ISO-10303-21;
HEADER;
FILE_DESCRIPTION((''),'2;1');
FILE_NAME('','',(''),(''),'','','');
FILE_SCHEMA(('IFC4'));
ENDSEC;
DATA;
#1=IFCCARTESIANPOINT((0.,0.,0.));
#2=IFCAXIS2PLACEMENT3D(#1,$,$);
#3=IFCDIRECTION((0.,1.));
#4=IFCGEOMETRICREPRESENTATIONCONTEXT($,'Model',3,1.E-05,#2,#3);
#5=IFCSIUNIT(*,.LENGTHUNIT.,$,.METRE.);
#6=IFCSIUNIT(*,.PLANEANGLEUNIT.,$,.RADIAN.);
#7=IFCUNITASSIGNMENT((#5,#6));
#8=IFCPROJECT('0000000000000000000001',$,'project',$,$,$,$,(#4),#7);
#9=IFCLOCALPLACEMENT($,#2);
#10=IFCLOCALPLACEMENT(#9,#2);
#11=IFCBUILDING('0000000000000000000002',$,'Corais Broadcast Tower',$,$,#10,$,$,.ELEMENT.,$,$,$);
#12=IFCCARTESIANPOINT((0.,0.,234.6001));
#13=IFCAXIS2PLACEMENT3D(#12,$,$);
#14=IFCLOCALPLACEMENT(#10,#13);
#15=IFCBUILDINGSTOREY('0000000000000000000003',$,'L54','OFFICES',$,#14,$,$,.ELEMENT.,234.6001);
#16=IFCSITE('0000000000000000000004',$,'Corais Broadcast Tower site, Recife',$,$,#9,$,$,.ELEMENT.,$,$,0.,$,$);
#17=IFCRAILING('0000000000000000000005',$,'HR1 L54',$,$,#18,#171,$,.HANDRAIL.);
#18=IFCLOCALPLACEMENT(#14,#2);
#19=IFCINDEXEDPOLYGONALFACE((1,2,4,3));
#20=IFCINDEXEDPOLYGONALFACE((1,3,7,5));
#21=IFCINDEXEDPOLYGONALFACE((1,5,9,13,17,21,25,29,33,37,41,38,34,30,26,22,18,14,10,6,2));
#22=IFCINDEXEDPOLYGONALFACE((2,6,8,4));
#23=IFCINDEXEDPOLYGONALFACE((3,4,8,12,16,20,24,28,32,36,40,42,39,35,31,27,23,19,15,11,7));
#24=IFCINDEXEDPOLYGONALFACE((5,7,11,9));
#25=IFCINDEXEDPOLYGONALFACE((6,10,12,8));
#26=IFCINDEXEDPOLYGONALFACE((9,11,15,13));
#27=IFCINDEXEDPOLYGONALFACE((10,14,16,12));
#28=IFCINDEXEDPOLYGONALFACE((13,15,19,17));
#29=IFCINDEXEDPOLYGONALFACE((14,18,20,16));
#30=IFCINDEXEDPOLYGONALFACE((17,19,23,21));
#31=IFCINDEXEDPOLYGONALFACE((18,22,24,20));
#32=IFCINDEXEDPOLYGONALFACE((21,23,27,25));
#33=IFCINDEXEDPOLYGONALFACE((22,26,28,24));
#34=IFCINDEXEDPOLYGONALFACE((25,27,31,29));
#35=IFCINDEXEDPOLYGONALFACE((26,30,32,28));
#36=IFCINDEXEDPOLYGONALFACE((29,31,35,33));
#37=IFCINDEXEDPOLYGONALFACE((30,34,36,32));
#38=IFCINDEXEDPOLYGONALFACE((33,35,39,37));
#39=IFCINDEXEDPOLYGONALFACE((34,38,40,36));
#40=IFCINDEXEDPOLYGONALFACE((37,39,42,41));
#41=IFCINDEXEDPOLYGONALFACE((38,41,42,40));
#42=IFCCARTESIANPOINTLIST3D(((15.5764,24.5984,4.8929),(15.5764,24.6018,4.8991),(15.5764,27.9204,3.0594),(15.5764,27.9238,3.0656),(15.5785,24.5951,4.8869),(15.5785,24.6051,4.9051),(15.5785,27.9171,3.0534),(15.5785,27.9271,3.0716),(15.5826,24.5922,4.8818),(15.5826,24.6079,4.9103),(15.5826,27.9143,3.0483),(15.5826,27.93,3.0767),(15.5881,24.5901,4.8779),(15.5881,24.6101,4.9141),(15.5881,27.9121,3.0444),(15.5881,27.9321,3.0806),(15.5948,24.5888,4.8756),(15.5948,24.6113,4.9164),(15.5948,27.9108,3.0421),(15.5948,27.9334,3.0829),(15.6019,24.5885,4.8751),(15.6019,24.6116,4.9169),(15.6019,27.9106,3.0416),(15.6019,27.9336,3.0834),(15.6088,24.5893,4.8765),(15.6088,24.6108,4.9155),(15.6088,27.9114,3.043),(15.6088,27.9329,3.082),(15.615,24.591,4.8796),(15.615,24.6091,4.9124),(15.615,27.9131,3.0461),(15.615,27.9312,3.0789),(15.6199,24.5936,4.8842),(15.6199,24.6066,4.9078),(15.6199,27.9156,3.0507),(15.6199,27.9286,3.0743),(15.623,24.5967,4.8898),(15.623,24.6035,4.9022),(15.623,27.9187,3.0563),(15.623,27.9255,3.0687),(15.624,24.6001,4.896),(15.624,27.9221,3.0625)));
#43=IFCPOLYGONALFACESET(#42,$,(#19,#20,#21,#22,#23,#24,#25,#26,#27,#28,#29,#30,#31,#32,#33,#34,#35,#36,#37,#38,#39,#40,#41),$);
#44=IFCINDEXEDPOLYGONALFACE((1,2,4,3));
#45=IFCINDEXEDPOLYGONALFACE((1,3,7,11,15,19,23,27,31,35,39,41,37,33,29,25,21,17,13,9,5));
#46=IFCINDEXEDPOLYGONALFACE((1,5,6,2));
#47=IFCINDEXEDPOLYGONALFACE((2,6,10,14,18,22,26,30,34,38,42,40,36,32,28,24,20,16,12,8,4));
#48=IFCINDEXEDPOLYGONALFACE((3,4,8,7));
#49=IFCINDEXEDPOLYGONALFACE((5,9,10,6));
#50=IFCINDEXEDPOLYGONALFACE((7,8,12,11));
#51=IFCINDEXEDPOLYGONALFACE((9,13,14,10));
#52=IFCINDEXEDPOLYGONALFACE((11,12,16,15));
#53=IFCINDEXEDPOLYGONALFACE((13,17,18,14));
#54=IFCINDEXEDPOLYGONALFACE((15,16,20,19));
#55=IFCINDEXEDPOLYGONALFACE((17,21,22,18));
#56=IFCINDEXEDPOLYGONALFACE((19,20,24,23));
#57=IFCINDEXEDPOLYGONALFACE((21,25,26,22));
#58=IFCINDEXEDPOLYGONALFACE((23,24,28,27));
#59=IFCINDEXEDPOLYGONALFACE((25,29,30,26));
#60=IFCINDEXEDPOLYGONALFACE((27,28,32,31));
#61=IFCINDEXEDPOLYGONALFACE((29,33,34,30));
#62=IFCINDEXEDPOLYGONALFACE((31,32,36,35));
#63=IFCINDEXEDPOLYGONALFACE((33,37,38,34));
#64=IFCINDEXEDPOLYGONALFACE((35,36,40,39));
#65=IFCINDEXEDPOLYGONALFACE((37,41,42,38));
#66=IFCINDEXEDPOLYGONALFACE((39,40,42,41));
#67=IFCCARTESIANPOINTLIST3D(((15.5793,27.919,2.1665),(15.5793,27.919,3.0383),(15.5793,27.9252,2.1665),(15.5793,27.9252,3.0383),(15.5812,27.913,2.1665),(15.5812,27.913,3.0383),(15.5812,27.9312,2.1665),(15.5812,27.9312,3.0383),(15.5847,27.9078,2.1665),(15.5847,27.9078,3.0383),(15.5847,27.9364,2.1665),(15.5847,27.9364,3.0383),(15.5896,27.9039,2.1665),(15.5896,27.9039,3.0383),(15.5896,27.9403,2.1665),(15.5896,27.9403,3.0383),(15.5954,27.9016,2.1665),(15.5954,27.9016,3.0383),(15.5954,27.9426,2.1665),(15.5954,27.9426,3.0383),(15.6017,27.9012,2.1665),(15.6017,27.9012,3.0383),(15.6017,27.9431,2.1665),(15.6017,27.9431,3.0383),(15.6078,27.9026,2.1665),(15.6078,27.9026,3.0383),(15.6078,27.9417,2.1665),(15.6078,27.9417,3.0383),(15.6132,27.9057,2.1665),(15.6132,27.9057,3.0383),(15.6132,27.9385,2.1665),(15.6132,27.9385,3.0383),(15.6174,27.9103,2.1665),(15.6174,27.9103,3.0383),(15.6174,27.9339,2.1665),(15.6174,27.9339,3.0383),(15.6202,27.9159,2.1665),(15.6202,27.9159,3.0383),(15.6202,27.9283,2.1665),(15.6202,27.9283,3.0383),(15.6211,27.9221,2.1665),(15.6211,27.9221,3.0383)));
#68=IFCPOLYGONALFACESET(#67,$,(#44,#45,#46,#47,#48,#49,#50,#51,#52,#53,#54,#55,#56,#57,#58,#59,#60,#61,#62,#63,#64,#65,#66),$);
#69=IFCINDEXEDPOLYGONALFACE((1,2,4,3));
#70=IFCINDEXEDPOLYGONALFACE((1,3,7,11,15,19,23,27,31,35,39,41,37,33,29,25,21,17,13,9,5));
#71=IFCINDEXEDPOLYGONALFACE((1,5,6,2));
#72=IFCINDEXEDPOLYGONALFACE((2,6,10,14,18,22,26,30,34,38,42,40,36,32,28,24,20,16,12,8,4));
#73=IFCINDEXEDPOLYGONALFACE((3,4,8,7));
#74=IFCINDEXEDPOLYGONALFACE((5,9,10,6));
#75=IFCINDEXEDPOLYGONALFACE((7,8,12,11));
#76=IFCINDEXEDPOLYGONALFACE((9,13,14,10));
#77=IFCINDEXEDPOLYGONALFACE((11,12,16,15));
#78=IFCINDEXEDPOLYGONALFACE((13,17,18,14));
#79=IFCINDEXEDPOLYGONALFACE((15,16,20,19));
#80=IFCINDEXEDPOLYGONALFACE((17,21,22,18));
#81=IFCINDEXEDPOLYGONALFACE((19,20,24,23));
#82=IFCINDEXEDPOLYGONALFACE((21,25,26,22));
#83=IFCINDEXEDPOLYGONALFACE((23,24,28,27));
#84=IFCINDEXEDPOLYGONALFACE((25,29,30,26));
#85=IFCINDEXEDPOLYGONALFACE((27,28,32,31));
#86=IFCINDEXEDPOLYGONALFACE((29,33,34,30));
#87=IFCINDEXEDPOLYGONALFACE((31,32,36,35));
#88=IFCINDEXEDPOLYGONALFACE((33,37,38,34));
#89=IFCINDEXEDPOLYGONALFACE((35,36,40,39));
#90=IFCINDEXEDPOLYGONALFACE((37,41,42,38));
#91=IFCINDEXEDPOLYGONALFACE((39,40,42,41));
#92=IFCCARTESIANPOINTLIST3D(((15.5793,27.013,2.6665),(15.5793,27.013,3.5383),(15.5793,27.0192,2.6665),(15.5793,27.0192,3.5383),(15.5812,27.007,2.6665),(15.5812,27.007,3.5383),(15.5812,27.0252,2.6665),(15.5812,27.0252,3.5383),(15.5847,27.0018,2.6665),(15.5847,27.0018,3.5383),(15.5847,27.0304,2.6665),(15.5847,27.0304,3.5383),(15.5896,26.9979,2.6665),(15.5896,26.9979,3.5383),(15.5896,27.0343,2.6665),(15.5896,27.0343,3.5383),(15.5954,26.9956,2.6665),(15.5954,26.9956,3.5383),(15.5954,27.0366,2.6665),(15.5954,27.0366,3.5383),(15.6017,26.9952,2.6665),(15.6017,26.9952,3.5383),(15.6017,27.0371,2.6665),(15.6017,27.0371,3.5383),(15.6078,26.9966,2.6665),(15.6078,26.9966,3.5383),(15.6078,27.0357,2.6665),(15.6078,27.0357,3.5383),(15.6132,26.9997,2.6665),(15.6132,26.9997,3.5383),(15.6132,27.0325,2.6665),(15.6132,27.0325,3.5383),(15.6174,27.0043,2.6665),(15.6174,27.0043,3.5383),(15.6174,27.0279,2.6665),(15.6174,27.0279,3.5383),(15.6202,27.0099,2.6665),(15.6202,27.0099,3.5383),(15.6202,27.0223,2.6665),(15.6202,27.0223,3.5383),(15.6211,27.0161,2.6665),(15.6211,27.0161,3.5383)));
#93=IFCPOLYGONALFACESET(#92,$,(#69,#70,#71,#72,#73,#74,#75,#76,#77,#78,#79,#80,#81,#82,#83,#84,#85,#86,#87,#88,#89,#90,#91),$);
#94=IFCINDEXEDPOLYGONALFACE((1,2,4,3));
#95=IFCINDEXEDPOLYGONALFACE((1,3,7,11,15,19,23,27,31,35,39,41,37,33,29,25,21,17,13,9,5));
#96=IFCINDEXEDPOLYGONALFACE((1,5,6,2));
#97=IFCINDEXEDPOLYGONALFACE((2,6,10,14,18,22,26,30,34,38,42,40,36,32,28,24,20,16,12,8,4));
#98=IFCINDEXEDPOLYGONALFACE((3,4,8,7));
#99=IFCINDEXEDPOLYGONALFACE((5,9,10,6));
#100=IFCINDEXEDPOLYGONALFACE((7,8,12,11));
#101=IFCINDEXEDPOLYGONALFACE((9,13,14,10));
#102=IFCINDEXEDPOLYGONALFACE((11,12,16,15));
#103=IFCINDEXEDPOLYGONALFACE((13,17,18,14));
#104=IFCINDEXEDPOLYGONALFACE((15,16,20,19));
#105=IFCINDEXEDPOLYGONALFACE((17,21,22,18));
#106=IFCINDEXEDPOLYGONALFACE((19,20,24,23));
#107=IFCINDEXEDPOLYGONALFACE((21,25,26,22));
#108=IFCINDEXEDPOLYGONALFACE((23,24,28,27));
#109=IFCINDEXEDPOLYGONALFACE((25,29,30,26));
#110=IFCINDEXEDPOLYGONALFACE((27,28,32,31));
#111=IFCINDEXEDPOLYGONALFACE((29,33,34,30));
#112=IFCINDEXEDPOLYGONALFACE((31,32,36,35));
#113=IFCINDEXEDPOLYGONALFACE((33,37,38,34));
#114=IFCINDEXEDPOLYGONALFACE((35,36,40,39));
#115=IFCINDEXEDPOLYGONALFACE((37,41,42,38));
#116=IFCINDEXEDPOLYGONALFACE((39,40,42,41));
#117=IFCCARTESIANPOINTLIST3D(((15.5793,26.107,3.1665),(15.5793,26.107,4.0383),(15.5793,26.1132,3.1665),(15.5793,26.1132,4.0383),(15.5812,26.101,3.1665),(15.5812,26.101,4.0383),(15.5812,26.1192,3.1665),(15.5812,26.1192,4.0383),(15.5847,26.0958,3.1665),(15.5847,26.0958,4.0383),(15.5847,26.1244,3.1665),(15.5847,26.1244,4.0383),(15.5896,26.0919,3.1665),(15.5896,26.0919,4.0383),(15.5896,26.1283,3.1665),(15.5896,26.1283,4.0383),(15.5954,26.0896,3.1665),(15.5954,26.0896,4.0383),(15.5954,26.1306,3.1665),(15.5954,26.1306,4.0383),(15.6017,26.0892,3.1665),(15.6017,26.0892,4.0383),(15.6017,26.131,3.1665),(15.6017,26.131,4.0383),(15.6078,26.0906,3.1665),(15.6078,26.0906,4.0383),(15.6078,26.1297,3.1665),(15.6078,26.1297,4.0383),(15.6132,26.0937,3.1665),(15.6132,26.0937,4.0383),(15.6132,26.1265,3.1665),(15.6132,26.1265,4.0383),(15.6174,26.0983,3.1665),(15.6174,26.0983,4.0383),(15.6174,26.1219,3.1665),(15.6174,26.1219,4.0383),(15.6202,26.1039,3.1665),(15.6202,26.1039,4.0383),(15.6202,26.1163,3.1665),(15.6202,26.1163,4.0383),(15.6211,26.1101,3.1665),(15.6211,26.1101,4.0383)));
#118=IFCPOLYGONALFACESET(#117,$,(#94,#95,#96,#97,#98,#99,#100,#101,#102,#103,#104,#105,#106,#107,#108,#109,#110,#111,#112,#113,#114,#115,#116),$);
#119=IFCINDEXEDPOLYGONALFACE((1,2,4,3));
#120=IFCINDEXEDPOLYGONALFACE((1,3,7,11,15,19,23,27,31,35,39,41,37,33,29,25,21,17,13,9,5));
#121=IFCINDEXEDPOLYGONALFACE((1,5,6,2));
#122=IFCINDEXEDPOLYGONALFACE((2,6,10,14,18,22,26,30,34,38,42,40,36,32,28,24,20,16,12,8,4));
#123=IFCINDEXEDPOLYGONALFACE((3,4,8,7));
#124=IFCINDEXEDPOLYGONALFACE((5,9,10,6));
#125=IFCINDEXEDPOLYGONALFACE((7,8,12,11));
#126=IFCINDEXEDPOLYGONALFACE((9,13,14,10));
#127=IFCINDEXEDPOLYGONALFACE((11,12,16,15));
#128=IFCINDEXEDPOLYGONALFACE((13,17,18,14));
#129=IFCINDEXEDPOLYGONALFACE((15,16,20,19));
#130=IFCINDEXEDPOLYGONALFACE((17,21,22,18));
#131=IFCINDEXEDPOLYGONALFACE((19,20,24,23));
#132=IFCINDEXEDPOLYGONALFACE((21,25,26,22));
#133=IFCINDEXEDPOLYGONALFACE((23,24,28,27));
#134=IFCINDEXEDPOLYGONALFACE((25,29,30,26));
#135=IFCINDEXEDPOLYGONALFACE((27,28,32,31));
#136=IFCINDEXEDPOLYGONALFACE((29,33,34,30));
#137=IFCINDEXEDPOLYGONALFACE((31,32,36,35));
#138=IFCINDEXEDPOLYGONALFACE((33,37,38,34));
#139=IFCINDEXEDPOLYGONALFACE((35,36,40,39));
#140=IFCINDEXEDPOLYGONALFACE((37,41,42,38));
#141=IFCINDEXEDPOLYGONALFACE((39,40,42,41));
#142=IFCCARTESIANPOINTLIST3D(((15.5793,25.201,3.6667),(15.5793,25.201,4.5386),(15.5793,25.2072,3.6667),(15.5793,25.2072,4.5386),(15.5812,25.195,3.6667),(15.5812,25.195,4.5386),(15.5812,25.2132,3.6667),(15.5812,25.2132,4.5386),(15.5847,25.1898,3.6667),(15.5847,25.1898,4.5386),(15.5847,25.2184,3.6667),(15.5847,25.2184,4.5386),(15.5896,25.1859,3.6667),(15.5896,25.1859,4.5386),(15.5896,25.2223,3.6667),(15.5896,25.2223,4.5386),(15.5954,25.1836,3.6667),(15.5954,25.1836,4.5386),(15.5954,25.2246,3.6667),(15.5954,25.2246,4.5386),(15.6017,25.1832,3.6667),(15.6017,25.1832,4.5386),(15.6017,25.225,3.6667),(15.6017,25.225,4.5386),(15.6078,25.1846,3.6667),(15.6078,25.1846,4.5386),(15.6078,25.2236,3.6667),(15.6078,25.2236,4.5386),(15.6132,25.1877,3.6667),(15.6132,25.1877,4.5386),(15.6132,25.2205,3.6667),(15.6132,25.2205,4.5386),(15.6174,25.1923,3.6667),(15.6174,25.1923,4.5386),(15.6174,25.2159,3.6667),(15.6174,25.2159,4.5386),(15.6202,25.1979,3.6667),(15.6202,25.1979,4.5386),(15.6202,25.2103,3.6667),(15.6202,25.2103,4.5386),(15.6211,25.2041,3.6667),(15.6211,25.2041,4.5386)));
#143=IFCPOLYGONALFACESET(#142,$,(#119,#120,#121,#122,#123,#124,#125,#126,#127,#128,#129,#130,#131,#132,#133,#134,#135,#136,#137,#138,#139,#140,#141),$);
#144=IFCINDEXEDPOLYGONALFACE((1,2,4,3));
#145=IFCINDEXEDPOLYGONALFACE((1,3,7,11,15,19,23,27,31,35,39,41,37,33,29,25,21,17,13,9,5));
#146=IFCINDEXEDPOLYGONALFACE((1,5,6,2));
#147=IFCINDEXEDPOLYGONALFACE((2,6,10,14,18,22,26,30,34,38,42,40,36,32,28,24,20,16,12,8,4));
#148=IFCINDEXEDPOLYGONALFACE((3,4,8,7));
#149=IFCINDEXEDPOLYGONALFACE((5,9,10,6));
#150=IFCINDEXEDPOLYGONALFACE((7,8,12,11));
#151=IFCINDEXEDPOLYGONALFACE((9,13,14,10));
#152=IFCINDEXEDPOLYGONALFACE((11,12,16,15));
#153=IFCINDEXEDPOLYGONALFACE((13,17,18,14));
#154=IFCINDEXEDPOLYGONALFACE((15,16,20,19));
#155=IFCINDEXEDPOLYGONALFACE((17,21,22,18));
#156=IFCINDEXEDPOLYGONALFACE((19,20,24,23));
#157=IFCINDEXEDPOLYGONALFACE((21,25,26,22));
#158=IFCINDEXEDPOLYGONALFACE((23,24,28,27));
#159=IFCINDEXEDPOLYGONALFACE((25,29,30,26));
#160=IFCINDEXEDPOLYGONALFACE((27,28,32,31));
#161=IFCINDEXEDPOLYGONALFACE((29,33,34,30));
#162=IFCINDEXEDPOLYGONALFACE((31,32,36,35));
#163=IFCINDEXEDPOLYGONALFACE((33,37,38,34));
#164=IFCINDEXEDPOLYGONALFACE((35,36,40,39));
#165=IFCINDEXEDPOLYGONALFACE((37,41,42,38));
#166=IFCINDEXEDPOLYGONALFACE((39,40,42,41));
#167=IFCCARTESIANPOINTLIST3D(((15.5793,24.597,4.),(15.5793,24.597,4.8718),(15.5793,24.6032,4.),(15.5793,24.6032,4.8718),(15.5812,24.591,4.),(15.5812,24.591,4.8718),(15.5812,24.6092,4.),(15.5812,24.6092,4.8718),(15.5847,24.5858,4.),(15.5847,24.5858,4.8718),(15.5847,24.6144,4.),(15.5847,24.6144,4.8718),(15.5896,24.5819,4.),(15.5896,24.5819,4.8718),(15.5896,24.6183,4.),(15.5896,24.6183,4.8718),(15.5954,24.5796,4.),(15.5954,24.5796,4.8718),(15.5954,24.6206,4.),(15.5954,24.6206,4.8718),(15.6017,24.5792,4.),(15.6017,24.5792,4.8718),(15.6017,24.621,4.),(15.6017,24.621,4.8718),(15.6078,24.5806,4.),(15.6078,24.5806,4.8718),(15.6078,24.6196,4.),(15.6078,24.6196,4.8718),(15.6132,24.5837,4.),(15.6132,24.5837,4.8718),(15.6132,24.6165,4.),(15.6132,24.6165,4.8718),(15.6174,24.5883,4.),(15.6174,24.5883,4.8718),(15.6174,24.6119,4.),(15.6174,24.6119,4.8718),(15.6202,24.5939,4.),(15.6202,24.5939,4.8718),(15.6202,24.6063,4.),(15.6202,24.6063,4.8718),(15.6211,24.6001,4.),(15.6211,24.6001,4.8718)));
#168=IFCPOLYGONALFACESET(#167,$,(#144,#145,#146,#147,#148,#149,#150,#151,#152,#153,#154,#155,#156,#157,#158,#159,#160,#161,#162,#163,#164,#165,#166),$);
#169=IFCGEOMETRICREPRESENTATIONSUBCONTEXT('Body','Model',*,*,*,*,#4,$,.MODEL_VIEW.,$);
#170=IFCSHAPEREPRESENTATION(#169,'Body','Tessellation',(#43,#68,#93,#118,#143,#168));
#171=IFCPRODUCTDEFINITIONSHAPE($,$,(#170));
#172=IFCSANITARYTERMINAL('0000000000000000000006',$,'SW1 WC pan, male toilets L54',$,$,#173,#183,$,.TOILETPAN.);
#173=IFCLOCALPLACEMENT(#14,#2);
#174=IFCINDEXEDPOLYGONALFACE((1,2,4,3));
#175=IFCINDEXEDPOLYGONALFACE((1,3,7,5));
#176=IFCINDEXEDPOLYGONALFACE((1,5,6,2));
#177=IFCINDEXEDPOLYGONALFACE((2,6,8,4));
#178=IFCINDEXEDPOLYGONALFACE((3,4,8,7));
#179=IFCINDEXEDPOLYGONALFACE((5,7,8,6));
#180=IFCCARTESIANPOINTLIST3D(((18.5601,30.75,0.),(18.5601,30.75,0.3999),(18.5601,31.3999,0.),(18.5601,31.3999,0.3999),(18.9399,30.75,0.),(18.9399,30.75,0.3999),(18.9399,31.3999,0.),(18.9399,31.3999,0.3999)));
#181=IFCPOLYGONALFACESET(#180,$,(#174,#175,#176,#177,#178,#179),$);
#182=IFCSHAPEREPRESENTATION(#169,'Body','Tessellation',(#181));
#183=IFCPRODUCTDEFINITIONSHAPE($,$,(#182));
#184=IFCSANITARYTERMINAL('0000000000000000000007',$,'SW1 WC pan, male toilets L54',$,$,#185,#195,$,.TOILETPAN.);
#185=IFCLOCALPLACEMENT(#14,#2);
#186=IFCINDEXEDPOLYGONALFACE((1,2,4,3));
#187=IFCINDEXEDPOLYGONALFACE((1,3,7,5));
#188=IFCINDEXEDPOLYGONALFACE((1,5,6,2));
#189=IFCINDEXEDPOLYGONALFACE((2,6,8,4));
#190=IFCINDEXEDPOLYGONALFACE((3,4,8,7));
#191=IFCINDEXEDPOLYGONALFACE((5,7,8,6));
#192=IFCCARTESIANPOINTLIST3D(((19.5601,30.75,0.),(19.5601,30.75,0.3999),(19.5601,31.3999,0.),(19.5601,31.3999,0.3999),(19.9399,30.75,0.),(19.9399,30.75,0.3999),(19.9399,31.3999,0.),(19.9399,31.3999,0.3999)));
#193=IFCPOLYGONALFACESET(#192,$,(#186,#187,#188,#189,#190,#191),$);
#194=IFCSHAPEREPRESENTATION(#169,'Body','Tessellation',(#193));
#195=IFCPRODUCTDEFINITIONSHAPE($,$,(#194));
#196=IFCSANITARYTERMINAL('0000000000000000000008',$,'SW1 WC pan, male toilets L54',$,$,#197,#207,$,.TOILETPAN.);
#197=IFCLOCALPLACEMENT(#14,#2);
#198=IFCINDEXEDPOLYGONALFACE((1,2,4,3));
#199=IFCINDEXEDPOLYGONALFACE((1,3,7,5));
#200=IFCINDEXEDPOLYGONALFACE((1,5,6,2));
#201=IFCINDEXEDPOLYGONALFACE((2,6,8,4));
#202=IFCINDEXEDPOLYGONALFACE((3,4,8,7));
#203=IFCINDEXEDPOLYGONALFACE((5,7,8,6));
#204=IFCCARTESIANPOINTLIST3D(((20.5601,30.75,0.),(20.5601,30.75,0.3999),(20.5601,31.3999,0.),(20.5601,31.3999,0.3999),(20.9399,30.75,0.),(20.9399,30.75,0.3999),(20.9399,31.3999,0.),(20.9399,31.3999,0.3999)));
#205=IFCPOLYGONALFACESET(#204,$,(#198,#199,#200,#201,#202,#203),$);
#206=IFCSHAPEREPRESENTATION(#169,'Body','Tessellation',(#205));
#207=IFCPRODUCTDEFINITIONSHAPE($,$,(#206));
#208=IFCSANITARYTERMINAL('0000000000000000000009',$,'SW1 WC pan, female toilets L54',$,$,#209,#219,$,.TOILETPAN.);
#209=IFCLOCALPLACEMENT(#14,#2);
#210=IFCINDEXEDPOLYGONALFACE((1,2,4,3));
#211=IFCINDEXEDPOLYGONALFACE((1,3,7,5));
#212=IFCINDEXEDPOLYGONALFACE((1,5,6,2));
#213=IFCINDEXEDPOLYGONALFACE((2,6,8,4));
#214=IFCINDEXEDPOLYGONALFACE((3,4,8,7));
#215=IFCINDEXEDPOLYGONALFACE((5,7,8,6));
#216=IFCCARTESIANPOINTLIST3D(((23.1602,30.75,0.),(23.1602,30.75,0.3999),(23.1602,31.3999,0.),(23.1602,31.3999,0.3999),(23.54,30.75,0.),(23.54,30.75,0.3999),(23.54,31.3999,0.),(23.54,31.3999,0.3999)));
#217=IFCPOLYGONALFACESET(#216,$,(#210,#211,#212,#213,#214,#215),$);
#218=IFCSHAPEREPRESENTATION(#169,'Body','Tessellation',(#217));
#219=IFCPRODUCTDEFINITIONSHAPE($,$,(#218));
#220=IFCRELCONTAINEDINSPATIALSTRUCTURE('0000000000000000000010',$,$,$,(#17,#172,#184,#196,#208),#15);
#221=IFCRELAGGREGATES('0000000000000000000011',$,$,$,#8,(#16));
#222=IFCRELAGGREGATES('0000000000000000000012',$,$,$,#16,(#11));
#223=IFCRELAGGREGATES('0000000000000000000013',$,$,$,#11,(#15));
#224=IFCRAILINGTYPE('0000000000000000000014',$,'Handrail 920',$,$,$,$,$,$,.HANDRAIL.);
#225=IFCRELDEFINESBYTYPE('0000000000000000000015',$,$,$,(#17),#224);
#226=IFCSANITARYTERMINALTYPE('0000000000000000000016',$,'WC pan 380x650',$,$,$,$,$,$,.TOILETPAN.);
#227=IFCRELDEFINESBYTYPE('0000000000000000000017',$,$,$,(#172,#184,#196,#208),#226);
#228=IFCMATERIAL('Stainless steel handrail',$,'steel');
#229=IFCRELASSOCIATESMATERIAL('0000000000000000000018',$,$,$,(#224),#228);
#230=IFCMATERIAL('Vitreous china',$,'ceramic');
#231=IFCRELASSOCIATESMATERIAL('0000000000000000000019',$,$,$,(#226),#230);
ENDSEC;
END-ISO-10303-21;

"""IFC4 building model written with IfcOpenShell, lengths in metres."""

from ifc_helpers import new_model, si_unit, direction, frame, origin, origin_2d, place, context, subcontext, project, spatial, rectangle, circle, extrude, material, type_object, element, save


model = new_model("IFC4")

# Units and contexts
model_context = context("Model", 3, precision=1e-05, world=origin(), true_north=direction((0.0, 1.0)))
body_context = subcontext(model_context, "Body", "Model", "MODEL_VIEW")
ifc_project = project(units=[si_unit("LENGTHUNIT", "METRE"), si_unit("PLANEANGLEUNIT", "RADIAN")], contexts=[model_context])

# Site, building, storey
site_placement = place(None, origin())
site = spatial("IfcSite", under=ifc_project, at=site_placement, Name="Corais Broadcast Tower site, Recife", CompositionType="ELEMENT", RefElevation=0.0)
building_placement = place(site_placement, origin())
building = spatial("IfcBuilding", under=site, at=building_placement, Name="Corais Broadcast Tower", CompositionType="ELEMENT")
storey_placement = place(building_placement, frame((0.0, 0.0, 234.6001)))
storey = spatial("IfcBuildingStorey", under=building, at=storey_placement, Name="L54", Description="OFFICES", CompositionType="ELEMENT", Elevation=234.6001)

# Railing
ifc_material_1 = material(Name="Stainless steel handrail", Category="steel")
railing_type = type_object("IfcRailingType", Name="Handrail 920", PredefinedType="HANDRAIL", material=ifc_material_1)
railing_placement = place(storey_placement, frame((15.6001, 27.9221, 2.1665)))
element("IfcRailing", 1, at=railing_placement, inside=storey, type_object=railing_type, Name="HR1 L54", PredefinedType="HANDRAIL", context=body_context, shape_type="SweptSolid", body=[
    extrude(circle(Radius=0.0239, at=origin_2d()), frame((0.0, 0.0, 0.896), z_axis=(0.0, -0.875504, 0.48321), x_axis=(1.0, 0.0, 0.0)), (0.0, 0.0, 1.0), 3.7944),
    extrude(circle(Radius=0.021, at=origin_2d()), origin(), (0.0, 0.0, 1.0), 0.8718),
    extrude(circle(Radius=0.021, at=origin_2d()), frame((0.0, -0.906, 0.5)), (0.0, 0.0, 1.0), 0.8718),
    extrude(circle(Radius=0.021, at=origin_2d()), frame((0.0, -1.812, 1.0)), (0.0, 0.0, 1.0), 0.8718),
    extrude(circle(Radius=0.021, at=origin_2d()), frame((0.0, -2.718, 1.5002)), (0.0, 0.0, 1.0), 0.8718),
    extrude(circle(Radius=0.021, at=origin_2d()), frame((0.0, -3.322, 1.8335)), (0.0, 0.0, 1.0), 0.8718),
])

# Sanitary terminals
ifc_material_2 = material(Name="Vitreous china", Category="ceramic")
sanitary_terminal_type_1 = type_object("IfcSanitaryTerminalType", Name="WC pan 380x650", PredefinedType="TOILETPAN", material=ifc_material_2)
for number, where, z_axis, x_axis, name in (
    (2, (18.75, 31.075, 0.0), (0.0, 0.0, 1.0), (1.0, 0.0, 0.0), "SW1 WC pan, male toilets L54"),
    (3, (19.75, 31.075, 0.0), (0.0, 0.0, 1.0), (1.0, 0.0, 0.0), "SW1 WC pan, male toilets L54"),
    (4, (20.75, 31.075, 0.0), (0.0, 0.0, 1.0), (1.0, 0.0, 0.0), "SW1 WC pan, male toilets L54"),
    (5, (23.3501, 31.075, 0.0), (0.0, 0.0, 1.0), (1.0, 0.0, 0.0), "SW1 WC pan, female toilets L54"),
):
    element("IfcSanitaryTerminal", number, at=place(storey_placement, frame(where, z_axis=z_axis, x_axis=x_axis)), inside=storey, type_object=sanitary_terminal_type_1, Name=name, PredefinedType="TOILETPAN", context=body_context, shape_type="SweptSolid", body=[
        extrude(rectangle(XDim=0.3799, YDim=0.6499, at=origin_2d()), origin(), (0.0, 0.0, 1.0), 0.3999),
    ])

save(model, "model.ifc")
